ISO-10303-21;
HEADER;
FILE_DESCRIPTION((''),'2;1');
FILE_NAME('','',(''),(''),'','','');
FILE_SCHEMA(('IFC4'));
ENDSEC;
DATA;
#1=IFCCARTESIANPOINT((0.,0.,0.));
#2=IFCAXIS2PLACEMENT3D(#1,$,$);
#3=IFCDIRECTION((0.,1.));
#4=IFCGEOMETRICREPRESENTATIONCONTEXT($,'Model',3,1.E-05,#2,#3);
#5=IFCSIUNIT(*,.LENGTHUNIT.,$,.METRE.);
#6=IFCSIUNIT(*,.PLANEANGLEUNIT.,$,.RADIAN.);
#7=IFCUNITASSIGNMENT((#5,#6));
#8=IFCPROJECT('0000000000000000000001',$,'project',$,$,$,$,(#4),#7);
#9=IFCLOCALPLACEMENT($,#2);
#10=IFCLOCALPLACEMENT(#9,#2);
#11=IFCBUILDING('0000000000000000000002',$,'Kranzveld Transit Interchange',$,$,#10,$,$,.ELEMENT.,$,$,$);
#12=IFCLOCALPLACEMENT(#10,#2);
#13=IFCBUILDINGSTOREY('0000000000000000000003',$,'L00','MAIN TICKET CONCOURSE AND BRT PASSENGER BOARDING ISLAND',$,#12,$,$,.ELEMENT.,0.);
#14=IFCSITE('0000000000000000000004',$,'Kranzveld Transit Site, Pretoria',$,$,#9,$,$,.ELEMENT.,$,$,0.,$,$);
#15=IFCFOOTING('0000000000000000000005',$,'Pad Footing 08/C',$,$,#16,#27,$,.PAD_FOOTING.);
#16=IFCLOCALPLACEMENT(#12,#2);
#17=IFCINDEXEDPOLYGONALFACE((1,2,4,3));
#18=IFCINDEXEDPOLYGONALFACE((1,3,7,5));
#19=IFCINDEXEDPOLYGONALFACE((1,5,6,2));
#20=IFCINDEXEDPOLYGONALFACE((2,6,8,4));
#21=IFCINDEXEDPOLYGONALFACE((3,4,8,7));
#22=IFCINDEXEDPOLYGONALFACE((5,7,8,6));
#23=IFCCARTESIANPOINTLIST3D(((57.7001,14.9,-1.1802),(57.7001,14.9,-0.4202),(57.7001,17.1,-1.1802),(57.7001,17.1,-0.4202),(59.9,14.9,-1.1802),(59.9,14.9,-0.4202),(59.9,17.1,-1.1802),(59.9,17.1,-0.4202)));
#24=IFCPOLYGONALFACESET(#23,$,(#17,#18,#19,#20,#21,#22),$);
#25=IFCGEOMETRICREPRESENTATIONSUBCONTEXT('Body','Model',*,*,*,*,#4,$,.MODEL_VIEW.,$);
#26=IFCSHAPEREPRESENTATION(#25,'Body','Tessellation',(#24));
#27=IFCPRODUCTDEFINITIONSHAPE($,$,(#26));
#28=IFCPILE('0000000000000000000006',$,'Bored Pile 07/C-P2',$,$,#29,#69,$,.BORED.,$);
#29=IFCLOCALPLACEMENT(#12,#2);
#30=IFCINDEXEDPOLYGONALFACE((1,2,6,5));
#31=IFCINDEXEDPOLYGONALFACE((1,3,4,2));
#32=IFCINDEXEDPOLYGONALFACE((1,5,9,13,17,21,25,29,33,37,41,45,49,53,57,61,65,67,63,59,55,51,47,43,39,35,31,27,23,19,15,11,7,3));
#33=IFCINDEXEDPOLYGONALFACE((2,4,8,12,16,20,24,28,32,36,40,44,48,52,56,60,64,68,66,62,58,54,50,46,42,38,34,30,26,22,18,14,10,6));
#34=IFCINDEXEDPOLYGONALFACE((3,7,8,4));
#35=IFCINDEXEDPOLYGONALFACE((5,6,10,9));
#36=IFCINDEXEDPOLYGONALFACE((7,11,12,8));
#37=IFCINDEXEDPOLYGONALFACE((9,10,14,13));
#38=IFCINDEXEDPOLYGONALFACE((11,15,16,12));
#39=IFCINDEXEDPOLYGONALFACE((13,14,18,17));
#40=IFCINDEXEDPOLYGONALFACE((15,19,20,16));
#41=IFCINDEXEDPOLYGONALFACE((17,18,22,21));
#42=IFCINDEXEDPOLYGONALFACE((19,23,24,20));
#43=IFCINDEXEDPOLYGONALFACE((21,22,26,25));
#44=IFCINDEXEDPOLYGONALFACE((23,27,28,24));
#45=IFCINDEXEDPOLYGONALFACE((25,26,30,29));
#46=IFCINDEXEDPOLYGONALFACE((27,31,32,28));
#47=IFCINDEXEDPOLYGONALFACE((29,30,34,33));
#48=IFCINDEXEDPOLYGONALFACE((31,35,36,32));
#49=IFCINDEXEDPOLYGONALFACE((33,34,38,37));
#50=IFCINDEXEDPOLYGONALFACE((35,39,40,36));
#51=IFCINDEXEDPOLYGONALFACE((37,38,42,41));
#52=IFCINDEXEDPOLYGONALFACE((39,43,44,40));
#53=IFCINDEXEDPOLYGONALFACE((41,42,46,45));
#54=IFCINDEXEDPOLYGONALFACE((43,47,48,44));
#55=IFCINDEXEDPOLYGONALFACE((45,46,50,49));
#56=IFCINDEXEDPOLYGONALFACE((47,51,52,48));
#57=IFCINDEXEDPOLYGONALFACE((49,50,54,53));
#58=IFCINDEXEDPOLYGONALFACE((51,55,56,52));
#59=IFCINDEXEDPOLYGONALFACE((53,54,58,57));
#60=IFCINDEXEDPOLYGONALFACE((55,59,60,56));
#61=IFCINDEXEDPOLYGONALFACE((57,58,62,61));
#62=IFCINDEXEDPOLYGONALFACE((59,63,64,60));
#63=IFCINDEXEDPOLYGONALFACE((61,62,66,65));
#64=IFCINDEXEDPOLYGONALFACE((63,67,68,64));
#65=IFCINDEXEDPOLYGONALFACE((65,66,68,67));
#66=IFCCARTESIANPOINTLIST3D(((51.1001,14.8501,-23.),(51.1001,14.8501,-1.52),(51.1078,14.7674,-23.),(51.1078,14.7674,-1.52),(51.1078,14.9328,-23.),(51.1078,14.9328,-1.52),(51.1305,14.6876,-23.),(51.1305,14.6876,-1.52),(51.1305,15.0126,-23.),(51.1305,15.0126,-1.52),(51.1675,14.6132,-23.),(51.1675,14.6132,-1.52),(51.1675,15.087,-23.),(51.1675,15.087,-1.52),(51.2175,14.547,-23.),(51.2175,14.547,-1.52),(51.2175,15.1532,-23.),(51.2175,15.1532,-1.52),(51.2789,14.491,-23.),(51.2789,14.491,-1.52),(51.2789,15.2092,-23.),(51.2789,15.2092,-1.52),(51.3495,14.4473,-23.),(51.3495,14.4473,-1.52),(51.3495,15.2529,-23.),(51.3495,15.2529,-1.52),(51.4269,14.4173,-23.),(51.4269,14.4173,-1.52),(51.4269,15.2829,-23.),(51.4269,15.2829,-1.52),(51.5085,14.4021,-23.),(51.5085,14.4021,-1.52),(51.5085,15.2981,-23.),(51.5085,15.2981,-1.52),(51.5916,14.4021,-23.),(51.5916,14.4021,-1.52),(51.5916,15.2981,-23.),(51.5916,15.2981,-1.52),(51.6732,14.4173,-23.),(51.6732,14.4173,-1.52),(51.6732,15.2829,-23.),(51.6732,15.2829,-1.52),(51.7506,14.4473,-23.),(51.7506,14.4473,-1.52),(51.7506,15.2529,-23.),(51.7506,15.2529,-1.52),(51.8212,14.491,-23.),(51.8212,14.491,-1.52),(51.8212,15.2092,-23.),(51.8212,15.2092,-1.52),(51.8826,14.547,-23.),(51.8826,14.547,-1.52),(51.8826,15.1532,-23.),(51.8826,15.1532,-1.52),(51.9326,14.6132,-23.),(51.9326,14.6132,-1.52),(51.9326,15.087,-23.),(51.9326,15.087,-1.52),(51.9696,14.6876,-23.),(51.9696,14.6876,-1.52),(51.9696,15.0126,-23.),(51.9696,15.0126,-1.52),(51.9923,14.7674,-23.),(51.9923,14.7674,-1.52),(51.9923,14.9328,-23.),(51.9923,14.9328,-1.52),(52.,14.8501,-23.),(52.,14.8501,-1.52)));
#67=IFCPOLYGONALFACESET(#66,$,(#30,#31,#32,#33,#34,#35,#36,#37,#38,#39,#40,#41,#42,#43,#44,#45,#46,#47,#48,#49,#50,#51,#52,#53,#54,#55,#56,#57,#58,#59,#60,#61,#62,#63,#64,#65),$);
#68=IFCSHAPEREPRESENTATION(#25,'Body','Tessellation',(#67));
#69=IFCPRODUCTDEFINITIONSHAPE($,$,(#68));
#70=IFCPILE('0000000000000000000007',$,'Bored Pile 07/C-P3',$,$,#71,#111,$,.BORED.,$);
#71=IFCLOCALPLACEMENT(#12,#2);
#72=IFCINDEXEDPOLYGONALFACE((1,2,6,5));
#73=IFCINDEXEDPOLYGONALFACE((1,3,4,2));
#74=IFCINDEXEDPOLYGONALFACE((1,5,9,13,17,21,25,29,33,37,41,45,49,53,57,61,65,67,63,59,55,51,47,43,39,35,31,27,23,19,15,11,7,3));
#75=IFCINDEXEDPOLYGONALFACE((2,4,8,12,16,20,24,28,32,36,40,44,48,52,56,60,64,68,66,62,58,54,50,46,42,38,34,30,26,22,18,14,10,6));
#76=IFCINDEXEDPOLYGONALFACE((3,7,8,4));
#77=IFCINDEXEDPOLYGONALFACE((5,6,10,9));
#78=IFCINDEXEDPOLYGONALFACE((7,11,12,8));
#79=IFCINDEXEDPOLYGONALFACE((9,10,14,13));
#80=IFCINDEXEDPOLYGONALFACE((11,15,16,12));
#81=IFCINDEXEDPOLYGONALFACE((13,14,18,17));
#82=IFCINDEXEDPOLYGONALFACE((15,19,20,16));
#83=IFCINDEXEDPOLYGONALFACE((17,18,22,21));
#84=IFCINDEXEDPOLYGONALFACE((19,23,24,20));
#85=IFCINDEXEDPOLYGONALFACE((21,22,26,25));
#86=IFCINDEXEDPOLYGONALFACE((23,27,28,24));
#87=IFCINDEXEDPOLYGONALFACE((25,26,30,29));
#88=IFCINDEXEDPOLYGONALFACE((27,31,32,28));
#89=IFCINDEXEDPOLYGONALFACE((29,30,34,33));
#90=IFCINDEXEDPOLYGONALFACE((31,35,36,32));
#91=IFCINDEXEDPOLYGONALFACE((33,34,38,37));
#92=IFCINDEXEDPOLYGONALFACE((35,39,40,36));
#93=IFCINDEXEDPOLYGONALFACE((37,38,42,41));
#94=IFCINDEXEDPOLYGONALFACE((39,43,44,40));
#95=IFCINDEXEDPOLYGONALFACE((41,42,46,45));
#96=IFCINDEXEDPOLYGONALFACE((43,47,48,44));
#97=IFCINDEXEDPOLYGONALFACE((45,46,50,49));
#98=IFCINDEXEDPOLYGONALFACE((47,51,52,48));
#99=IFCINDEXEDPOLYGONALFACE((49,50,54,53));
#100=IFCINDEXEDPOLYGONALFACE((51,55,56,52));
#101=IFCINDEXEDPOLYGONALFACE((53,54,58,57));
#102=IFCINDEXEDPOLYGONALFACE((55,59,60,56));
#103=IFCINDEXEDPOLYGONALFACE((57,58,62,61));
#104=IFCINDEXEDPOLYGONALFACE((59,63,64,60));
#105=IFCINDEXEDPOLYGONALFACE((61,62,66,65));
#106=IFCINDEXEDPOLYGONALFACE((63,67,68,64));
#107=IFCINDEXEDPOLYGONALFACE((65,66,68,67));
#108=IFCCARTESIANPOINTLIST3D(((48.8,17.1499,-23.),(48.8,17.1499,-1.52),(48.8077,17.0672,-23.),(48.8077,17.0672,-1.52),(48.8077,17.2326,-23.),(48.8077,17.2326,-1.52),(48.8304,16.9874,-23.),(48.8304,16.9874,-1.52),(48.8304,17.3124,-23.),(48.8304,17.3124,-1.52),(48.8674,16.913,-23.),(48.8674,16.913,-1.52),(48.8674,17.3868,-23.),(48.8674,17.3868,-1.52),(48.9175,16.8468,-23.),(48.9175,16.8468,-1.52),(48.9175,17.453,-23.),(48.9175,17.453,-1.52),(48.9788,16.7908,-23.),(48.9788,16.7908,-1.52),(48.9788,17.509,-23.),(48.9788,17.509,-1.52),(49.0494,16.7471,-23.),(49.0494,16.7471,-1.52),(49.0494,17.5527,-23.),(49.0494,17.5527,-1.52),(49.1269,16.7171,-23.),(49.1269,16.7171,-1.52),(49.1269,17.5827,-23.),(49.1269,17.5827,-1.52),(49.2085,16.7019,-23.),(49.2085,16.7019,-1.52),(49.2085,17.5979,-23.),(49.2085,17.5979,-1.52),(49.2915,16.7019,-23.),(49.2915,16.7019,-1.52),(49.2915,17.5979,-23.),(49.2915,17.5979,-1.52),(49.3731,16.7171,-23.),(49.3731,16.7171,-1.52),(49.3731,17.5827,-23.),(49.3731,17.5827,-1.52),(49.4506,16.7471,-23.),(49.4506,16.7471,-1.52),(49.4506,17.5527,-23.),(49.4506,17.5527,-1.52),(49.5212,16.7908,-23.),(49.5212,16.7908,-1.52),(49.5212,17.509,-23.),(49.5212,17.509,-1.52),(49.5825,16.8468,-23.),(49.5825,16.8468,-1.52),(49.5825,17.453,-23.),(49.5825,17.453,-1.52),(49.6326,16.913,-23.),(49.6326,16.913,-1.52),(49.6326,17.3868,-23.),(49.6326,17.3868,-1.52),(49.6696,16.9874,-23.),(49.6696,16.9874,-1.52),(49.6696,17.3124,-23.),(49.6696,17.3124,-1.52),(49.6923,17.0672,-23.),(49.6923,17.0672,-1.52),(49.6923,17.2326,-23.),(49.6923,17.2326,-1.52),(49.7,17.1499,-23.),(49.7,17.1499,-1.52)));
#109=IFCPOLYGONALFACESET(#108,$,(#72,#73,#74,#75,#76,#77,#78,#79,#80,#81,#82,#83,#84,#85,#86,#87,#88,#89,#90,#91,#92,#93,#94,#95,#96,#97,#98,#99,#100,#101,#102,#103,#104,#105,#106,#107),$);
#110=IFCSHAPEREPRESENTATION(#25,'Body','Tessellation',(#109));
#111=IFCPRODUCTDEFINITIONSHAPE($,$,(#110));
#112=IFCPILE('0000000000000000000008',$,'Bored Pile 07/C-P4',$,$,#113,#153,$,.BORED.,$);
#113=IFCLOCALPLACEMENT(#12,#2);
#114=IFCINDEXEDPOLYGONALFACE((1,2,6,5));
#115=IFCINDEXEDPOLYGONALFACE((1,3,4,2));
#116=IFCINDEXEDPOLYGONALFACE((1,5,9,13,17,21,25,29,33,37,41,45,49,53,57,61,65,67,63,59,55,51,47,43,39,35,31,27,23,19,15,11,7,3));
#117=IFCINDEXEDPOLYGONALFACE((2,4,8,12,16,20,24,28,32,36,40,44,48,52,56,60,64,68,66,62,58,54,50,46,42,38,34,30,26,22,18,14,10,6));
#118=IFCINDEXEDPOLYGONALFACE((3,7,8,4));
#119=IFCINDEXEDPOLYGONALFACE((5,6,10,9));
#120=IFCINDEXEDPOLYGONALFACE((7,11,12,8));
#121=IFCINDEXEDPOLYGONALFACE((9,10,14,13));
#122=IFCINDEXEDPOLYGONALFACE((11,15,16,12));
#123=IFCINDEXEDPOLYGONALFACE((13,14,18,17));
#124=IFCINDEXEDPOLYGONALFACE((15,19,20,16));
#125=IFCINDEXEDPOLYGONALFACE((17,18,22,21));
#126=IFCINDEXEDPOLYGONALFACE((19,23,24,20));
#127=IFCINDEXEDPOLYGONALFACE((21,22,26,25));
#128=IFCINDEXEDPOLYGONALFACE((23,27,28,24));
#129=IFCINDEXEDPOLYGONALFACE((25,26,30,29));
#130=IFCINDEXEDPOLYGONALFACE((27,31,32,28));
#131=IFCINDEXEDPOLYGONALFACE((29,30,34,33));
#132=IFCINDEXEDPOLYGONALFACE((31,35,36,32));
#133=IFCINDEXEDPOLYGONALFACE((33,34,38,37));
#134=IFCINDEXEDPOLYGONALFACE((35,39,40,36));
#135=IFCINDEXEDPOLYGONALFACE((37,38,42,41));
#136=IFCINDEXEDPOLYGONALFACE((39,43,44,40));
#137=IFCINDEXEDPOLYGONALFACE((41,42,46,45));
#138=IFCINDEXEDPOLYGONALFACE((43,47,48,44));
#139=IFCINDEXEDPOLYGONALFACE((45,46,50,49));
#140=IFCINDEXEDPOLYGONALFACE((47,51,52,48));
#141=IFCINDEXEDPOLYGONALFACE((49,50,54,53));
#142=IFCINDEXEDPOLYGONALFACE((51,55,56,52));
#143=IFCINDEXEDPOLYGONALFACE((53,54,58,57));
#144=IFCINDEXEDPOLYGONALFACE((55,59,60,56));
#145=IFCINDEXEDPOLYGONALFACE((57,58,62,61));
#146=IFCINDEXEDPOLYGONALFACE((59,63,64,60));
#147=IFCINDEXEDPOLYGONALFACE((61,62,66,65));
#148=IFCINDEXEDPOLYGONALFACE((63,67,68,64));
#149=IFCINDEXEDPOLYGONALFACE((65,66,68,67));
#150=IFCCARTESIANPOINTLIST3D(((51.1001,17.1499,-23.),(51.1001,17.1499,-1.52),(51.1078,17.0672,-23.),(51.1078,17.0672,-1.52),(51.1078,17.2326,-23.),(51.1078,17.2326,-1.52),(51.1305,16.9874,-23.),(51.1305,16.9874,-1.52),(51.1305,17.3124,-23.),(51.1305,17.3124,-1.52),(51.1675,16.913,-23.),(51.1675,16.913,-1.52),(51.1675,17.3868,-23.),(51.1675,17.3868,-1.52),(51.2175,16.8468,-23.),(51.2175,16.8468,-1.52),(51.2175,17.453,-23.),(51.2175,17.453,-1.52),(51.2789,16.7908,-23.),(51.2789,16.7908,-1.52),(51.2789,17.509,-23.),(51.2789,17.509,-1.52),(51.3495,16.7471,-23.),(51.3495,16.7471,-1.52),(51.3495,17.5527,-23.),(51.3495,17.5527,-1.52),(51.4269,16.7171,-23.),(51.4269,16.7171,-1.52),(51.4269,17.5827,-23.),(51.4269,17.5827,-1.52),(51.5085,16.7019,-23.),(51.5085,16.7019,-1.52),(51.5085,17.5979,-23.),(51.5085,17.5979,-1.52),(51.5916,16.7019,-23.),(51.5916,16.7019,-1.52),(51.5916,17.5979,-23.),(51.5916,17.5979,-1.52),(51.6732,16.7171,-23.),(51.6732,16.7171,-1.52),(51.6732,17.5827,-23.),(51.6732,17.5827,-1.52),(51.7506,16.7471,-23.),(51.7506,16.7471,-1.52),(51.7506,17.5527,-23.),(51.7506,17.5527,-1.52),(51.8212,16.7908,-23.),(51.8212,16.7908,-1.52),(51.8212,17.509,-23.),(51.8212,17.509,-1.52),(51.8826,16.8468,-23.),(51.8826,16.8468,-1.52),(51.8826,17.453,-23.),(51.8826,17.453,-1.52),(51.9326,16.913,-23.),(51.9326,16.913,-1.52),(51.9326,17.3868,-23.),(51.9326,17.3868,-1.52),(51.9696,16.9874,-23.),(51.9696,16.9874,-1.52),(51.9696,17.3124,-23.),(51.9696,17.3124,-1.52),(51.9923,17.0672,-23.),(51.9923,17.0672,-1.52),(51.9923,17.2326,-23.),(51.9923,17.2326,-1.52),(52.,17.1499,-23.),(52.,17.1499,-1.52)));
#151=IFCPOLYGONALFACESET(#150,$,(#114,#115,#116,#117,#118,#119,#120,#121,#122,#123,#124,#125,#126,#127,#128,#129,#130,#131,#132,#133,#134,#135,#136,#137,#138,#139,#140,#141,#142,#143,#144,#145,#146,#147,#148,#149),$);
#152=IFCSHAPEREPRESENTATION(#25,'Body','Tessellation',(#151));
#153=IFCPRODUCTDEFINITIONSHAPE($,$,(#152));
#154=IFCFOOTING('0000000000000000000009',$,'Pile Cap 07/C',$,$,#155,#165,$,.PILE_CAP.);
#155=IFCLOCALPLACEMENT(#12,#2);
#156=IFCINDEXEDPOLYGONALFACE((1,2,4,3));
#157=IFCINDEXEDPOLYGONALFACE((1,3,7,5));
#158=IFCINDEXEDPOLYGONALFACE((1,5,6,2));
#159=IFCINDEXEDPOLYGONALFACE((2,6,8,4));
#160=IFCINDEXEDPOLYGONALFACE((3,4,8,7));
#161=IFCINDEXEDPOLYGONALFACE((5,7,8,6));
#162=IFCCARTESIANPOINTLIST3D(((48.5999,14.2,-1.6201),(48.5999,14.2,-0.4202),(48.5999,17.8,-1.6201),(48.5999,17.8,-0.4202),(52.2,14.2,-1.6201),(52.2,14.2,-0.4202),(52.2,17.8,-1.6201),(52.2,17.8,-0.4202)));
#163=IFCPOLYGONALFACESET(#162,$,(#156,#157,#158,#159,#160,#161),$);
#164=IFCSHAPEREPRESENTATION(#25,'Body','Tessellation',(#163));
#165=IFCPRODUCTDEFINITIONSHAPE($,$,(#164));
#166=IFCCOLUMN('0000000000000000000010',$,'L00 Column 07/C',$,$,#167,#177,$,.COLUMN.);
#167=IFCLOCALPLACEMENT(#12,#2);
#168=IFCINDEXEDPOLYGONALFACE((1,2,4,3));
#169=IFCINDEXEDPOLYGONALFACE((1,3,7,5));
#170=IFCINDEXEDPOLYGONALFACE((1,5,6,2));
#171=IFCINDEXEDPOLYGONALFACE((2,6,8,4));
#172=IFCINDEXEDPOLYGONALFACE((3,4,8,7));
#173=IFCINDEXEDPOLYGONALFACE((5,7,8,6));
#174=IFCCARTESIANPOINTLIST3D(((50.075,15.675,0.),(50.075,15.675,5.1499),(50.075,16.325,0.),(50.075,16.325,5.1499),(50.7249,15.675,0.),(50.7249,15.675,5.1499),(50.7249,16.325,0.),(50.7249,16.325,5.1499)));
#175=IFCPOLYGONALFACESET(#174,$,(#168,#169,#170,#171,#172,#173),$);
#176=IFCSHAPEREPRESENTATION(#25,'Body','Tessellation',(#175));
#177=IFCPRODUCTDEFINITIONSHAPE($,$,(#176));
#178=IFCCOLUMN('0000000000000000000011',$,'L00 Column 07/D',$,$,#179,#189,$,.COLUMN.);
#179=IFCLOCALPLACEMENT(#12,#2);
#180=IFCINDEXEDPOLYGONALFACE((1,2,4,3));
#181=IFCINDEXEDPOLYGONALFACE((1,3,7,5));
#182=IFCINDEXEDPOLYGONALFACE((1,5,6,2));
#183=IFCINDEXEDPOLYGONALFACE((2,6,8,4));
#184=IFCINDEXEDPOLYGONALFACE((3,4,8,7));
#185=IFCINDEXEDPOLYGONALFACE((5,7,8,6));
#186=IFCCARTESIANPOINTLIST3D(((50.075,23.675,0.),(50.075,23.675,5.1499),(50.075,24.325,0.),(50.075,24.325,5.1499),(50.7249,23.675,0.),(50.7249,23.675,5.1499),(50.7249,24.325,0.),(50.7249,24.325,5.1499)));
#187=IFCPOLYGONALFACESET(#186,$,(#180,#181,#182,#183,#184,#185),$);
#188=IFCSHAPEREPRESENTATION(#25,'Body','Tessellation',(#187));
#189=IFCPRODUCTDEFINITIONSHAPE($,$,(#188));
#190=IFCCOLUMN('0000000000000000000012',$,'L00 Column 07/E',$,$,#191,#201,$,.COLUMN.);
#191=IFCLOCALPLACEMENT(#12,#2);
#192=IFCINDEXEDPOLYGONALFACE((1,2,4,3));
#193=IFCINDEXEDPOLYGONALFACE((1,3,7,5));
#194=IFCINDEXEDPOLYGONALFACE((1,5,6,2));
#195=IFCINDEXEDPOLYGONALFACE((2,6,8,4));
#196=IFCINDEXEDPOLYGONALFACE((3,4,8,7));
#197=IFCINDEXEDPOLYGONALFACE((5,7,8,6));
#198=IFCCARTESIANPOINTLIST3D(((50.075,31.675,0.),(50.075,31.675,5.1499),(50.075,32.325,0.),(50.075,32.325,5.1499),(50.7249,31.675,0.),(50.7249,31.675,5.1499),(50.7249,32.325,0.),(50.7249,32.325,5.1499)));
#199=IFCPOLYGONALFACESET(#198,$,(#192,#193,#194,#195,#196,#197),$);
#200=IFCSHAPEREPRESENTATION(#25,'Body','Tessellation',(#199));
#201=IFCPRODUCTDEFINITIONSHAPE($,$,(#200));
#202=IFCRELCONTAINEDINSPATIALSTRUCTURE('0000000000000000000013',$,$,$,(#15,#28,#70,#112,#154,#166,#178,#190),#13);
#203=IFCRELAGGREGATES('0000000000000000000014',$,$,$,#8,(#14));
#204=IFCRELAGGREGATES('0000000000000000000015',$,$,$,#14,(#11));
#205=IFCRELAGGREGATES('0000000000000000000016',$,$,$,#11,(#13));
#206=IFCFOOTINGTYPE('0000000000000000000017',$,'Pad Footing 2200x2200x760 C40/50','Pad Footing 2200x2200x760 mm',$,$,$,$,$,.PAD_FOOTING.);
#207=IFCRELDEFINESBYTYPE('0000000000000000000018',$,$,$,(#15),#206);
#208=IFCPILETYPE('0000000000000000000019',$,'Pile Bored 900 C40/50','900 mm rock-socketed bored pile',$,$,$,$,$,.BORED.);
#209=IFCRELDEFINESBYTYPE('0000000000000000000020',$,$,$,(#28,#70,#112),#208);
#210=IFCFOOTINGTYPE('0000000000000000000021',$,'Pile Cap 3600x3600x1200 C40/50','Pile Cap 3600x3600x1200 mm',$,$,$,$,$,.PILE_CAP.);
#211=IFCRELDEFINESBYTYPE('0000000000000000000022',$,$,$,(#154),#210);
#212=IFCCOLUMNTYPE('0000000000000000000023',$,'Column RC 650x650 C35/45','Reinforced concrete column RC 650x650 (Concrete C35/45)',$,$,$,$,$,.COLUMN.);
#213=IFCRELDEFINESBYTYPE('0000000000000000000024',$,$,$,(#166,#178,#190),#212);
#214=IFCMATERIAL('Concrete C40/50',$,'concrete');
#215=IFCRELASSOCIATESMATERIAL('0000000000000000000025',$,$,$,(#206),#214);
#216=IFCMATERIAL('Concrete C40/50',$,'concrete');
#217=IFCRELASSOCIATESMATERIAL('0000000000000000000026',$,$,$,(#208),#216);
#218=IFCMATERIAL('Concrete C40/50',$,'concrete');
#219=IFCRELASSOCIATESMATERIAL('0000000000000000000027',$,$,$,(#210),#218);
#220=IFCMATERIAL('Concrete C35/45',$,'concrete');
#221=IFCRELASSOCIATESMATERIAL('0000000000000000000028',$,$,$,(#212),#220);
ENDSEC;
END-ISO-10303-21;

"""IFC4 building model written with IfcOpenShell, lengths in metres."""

from ifc_helpers import new_model, si_unit, direction, frame, origin, origin_2d, place, context, subcontext, project, spatial, rectangle, circle, extrude, material, material_profile, profile_set, type_object, element, save


model = new_model("IFC4")

# Units and contexts
model_context = context("Model", 3, precision=1e-05, world=origin(), true_north=direction((0.0, 1.0)))
body_context = subcontext(model_context, "Body", "Model", "MODEL_VIEW")
ifc_project = project(units=[si_unit("LENGTHUNIT", "METRE"), si_unit("PLANEANGLEUNIT", "RADIAN")], contexts=[model_context])

# Site, building, storey
site_placement = place(None, origin())
site = spatial("IfcSite", under=ifc_project, at=site_placement, Name="Kranzveld Transit Site, Pretoria", CompositionType="ELEMENT", RefElevation=0.0)
building_placement = place(site_placement, origin())
building = spatial("IfcBuilding", under=site, at=building_placement, Name="Kranzveld Transit Interchange", CompositionType="ELEMENT")
storey_placement = place(building_placement, origin())
storey = spatial("IfcBuildingStorey", under=building, at=storey_placement, Name="L00", Description="MAIN TICKET CONCOURSE AND BRT PASSENGER BOARDING ISLAND", CompositionType="ELEMENT", Elevation=0.0)

# Footing
ifc_material_1 = material(Name="Concrete C40/50", Category="concrete")
footing_type_1 = type_object("IfcFootingType", Name="Pad Footing 2200x2200x760 C40/50", Description="Pad Footing 2200x2200x760 mm", PredefinedType="PAD_FOOTING", material=ifc_material_1)
footing_1_placement = place(storey_placement, frame((58.8, 16.0, -1.1802), z_axis=(0.0, 0.0, 1.0), x_axis=(1.0, 0.0, 0.0)))
element("IfcFooting", 1, at=footing_1_placement, inside=storey, type_object=footing_type_1, Name="Pad Footing 08/C", PredefinedType="PAD_FOOTING", context=body_context, shape_type="SweptSolid", body=[
    extrude(rectangle(XDim=2.2, YDim=2.2, at=origin_2d()), origin(), (0.0, 0.0, 1.0), 0.76),
])

# Piles
ifc_material_2 = material(Name="Concrete C40/50", Category="concrete")
ifc_material_profile_1 = material_profile(ifc_material_2, circle(Radius=0.45, at=origin_2d()), Name="BORED PILE 900")
ifc_profile_set_1 = profile_set([ifc_material_profile_1], Name="Concrete C40/50")
pile_type = type_object("IfcPileType", Name="Pile Bored 900 C40/50", Description="900 mm rock-socketed bored pile", PredefinedType="BORED", material=ifc_profile_set_1)
for number, where, z_axis, x_axis, name in (
    (2, (51.55, 14.8501, -1.52), (0.0, 0.0, -1.0), (1.0, 0.0, 0.0), "Bored Pile 07/C-P2"),
    (3, (49.25, 17.1499, -1.52), (0.0, 0.0, -1.0), (1.0, 0.0, 0.0), "Bored Pile 07/C-P3"),
    (4, (51.55, 17.1499, -1.52), (0.0, 0.0, -1.0), (1.0, 0.0, 0.0), "Bored Pile 07/C-P4"),
):
    element("IfcPile", number, at=place(storey_placement, frame(where, z_axis=z_axis, x_axis=x_axis)), inside=storey, type_object=pile_type, Name=name, PredefinedType="BORED", context=body_context, shape_type="SweptSolid", body=[
        extrude(circle(Radius=0.45, at=origin_2d()), origin(), (0.0, 0.0, 1.0), 21.48),
    ])

# Footing
ifc_material_3 = material(Name="Concrete C40/50", Category="concrete")
footing_type_2 = type_object("IfcFootingType", Name="Pile Cap 3600x3600x1200 C40/50", Description="Pile Cap 3600x3600x1200 mm", PredefinedType="PILE_CAP", material=ifc_material_3)
footing_2_placement = place(storey_placement, frame((50.3999, 16.0, -1.6201), z_axis=(0.0, 0.0, 1.0), x_axis=(1.0, 0.0, 0.0)))
element("IfcFooting", 5, at=footing_2_placement, inside=storey, type_object=footing_type_2, Name="Pile Cap 07/C", PredefinedType="PILE_CAP", context=body_context, shape_type="SweptSolid", body=[
    extrude(rectangle(XDim=3.6001, YDim=3.6001, at=origin_2d()), origin(), (0.0, 0.0, 1.0), 1.2),
])

# Columns
ifc_material_4 = material(Name="Concrete C35/45", Category="concrete")
ifc_material_profile_2 = material_profile(ifc_material_4, rectangle(XDim=0.6499, YDim=0.6499, at=origin_2d()), Name="RC 650x650")
ifc_profile_set_2 = profile_set([ifc_material_profile_2], Name="Concrete C35/45")
column_type_1 = type_object("IfcColumnType", Name="Column RC 650x650 C35/45", Description="Reinforced concrete column RC 650x650 (Concrete C35/45)", PredefinedType="COLUMN", material=ifc_profile_set_2)
for number, where, z_axis, x_axis, name in (
    (6, (50.3999, 16.0, 0.0), (0.0, 0.0, 1.0), (1.0, 0.0, 0.0), "L00 Column 07/C"),
    (7, (50.3999, 24.0, 0.0), (0.0, 0.0, 1.0), (1.0, 0.0, 0.0), "L00 Column 07/D"),
    (8, (50.3999, 32.0, 0.0), (0.0, 0.0, 1.0), (1.0, 0.0, 0.0), "L00 Column 07/E"),
):
    element("IfcColumn", number, at=place(storey_placement, frame(where, z_axis=z_axis, x_axis=x_axis)), inside=storey, type_object=column_type_1, Name=name, PredefinedType="COLUMN", context=body_context, shape_type="SweptSolid", body=[
        extrude(rectangle(XDim=0.6499, YDim=0.6499, at=origin_2d()), origin(), (0.0, 0.0, 1.0), 5.1499),
    ])

save(model, "model.ifc")
